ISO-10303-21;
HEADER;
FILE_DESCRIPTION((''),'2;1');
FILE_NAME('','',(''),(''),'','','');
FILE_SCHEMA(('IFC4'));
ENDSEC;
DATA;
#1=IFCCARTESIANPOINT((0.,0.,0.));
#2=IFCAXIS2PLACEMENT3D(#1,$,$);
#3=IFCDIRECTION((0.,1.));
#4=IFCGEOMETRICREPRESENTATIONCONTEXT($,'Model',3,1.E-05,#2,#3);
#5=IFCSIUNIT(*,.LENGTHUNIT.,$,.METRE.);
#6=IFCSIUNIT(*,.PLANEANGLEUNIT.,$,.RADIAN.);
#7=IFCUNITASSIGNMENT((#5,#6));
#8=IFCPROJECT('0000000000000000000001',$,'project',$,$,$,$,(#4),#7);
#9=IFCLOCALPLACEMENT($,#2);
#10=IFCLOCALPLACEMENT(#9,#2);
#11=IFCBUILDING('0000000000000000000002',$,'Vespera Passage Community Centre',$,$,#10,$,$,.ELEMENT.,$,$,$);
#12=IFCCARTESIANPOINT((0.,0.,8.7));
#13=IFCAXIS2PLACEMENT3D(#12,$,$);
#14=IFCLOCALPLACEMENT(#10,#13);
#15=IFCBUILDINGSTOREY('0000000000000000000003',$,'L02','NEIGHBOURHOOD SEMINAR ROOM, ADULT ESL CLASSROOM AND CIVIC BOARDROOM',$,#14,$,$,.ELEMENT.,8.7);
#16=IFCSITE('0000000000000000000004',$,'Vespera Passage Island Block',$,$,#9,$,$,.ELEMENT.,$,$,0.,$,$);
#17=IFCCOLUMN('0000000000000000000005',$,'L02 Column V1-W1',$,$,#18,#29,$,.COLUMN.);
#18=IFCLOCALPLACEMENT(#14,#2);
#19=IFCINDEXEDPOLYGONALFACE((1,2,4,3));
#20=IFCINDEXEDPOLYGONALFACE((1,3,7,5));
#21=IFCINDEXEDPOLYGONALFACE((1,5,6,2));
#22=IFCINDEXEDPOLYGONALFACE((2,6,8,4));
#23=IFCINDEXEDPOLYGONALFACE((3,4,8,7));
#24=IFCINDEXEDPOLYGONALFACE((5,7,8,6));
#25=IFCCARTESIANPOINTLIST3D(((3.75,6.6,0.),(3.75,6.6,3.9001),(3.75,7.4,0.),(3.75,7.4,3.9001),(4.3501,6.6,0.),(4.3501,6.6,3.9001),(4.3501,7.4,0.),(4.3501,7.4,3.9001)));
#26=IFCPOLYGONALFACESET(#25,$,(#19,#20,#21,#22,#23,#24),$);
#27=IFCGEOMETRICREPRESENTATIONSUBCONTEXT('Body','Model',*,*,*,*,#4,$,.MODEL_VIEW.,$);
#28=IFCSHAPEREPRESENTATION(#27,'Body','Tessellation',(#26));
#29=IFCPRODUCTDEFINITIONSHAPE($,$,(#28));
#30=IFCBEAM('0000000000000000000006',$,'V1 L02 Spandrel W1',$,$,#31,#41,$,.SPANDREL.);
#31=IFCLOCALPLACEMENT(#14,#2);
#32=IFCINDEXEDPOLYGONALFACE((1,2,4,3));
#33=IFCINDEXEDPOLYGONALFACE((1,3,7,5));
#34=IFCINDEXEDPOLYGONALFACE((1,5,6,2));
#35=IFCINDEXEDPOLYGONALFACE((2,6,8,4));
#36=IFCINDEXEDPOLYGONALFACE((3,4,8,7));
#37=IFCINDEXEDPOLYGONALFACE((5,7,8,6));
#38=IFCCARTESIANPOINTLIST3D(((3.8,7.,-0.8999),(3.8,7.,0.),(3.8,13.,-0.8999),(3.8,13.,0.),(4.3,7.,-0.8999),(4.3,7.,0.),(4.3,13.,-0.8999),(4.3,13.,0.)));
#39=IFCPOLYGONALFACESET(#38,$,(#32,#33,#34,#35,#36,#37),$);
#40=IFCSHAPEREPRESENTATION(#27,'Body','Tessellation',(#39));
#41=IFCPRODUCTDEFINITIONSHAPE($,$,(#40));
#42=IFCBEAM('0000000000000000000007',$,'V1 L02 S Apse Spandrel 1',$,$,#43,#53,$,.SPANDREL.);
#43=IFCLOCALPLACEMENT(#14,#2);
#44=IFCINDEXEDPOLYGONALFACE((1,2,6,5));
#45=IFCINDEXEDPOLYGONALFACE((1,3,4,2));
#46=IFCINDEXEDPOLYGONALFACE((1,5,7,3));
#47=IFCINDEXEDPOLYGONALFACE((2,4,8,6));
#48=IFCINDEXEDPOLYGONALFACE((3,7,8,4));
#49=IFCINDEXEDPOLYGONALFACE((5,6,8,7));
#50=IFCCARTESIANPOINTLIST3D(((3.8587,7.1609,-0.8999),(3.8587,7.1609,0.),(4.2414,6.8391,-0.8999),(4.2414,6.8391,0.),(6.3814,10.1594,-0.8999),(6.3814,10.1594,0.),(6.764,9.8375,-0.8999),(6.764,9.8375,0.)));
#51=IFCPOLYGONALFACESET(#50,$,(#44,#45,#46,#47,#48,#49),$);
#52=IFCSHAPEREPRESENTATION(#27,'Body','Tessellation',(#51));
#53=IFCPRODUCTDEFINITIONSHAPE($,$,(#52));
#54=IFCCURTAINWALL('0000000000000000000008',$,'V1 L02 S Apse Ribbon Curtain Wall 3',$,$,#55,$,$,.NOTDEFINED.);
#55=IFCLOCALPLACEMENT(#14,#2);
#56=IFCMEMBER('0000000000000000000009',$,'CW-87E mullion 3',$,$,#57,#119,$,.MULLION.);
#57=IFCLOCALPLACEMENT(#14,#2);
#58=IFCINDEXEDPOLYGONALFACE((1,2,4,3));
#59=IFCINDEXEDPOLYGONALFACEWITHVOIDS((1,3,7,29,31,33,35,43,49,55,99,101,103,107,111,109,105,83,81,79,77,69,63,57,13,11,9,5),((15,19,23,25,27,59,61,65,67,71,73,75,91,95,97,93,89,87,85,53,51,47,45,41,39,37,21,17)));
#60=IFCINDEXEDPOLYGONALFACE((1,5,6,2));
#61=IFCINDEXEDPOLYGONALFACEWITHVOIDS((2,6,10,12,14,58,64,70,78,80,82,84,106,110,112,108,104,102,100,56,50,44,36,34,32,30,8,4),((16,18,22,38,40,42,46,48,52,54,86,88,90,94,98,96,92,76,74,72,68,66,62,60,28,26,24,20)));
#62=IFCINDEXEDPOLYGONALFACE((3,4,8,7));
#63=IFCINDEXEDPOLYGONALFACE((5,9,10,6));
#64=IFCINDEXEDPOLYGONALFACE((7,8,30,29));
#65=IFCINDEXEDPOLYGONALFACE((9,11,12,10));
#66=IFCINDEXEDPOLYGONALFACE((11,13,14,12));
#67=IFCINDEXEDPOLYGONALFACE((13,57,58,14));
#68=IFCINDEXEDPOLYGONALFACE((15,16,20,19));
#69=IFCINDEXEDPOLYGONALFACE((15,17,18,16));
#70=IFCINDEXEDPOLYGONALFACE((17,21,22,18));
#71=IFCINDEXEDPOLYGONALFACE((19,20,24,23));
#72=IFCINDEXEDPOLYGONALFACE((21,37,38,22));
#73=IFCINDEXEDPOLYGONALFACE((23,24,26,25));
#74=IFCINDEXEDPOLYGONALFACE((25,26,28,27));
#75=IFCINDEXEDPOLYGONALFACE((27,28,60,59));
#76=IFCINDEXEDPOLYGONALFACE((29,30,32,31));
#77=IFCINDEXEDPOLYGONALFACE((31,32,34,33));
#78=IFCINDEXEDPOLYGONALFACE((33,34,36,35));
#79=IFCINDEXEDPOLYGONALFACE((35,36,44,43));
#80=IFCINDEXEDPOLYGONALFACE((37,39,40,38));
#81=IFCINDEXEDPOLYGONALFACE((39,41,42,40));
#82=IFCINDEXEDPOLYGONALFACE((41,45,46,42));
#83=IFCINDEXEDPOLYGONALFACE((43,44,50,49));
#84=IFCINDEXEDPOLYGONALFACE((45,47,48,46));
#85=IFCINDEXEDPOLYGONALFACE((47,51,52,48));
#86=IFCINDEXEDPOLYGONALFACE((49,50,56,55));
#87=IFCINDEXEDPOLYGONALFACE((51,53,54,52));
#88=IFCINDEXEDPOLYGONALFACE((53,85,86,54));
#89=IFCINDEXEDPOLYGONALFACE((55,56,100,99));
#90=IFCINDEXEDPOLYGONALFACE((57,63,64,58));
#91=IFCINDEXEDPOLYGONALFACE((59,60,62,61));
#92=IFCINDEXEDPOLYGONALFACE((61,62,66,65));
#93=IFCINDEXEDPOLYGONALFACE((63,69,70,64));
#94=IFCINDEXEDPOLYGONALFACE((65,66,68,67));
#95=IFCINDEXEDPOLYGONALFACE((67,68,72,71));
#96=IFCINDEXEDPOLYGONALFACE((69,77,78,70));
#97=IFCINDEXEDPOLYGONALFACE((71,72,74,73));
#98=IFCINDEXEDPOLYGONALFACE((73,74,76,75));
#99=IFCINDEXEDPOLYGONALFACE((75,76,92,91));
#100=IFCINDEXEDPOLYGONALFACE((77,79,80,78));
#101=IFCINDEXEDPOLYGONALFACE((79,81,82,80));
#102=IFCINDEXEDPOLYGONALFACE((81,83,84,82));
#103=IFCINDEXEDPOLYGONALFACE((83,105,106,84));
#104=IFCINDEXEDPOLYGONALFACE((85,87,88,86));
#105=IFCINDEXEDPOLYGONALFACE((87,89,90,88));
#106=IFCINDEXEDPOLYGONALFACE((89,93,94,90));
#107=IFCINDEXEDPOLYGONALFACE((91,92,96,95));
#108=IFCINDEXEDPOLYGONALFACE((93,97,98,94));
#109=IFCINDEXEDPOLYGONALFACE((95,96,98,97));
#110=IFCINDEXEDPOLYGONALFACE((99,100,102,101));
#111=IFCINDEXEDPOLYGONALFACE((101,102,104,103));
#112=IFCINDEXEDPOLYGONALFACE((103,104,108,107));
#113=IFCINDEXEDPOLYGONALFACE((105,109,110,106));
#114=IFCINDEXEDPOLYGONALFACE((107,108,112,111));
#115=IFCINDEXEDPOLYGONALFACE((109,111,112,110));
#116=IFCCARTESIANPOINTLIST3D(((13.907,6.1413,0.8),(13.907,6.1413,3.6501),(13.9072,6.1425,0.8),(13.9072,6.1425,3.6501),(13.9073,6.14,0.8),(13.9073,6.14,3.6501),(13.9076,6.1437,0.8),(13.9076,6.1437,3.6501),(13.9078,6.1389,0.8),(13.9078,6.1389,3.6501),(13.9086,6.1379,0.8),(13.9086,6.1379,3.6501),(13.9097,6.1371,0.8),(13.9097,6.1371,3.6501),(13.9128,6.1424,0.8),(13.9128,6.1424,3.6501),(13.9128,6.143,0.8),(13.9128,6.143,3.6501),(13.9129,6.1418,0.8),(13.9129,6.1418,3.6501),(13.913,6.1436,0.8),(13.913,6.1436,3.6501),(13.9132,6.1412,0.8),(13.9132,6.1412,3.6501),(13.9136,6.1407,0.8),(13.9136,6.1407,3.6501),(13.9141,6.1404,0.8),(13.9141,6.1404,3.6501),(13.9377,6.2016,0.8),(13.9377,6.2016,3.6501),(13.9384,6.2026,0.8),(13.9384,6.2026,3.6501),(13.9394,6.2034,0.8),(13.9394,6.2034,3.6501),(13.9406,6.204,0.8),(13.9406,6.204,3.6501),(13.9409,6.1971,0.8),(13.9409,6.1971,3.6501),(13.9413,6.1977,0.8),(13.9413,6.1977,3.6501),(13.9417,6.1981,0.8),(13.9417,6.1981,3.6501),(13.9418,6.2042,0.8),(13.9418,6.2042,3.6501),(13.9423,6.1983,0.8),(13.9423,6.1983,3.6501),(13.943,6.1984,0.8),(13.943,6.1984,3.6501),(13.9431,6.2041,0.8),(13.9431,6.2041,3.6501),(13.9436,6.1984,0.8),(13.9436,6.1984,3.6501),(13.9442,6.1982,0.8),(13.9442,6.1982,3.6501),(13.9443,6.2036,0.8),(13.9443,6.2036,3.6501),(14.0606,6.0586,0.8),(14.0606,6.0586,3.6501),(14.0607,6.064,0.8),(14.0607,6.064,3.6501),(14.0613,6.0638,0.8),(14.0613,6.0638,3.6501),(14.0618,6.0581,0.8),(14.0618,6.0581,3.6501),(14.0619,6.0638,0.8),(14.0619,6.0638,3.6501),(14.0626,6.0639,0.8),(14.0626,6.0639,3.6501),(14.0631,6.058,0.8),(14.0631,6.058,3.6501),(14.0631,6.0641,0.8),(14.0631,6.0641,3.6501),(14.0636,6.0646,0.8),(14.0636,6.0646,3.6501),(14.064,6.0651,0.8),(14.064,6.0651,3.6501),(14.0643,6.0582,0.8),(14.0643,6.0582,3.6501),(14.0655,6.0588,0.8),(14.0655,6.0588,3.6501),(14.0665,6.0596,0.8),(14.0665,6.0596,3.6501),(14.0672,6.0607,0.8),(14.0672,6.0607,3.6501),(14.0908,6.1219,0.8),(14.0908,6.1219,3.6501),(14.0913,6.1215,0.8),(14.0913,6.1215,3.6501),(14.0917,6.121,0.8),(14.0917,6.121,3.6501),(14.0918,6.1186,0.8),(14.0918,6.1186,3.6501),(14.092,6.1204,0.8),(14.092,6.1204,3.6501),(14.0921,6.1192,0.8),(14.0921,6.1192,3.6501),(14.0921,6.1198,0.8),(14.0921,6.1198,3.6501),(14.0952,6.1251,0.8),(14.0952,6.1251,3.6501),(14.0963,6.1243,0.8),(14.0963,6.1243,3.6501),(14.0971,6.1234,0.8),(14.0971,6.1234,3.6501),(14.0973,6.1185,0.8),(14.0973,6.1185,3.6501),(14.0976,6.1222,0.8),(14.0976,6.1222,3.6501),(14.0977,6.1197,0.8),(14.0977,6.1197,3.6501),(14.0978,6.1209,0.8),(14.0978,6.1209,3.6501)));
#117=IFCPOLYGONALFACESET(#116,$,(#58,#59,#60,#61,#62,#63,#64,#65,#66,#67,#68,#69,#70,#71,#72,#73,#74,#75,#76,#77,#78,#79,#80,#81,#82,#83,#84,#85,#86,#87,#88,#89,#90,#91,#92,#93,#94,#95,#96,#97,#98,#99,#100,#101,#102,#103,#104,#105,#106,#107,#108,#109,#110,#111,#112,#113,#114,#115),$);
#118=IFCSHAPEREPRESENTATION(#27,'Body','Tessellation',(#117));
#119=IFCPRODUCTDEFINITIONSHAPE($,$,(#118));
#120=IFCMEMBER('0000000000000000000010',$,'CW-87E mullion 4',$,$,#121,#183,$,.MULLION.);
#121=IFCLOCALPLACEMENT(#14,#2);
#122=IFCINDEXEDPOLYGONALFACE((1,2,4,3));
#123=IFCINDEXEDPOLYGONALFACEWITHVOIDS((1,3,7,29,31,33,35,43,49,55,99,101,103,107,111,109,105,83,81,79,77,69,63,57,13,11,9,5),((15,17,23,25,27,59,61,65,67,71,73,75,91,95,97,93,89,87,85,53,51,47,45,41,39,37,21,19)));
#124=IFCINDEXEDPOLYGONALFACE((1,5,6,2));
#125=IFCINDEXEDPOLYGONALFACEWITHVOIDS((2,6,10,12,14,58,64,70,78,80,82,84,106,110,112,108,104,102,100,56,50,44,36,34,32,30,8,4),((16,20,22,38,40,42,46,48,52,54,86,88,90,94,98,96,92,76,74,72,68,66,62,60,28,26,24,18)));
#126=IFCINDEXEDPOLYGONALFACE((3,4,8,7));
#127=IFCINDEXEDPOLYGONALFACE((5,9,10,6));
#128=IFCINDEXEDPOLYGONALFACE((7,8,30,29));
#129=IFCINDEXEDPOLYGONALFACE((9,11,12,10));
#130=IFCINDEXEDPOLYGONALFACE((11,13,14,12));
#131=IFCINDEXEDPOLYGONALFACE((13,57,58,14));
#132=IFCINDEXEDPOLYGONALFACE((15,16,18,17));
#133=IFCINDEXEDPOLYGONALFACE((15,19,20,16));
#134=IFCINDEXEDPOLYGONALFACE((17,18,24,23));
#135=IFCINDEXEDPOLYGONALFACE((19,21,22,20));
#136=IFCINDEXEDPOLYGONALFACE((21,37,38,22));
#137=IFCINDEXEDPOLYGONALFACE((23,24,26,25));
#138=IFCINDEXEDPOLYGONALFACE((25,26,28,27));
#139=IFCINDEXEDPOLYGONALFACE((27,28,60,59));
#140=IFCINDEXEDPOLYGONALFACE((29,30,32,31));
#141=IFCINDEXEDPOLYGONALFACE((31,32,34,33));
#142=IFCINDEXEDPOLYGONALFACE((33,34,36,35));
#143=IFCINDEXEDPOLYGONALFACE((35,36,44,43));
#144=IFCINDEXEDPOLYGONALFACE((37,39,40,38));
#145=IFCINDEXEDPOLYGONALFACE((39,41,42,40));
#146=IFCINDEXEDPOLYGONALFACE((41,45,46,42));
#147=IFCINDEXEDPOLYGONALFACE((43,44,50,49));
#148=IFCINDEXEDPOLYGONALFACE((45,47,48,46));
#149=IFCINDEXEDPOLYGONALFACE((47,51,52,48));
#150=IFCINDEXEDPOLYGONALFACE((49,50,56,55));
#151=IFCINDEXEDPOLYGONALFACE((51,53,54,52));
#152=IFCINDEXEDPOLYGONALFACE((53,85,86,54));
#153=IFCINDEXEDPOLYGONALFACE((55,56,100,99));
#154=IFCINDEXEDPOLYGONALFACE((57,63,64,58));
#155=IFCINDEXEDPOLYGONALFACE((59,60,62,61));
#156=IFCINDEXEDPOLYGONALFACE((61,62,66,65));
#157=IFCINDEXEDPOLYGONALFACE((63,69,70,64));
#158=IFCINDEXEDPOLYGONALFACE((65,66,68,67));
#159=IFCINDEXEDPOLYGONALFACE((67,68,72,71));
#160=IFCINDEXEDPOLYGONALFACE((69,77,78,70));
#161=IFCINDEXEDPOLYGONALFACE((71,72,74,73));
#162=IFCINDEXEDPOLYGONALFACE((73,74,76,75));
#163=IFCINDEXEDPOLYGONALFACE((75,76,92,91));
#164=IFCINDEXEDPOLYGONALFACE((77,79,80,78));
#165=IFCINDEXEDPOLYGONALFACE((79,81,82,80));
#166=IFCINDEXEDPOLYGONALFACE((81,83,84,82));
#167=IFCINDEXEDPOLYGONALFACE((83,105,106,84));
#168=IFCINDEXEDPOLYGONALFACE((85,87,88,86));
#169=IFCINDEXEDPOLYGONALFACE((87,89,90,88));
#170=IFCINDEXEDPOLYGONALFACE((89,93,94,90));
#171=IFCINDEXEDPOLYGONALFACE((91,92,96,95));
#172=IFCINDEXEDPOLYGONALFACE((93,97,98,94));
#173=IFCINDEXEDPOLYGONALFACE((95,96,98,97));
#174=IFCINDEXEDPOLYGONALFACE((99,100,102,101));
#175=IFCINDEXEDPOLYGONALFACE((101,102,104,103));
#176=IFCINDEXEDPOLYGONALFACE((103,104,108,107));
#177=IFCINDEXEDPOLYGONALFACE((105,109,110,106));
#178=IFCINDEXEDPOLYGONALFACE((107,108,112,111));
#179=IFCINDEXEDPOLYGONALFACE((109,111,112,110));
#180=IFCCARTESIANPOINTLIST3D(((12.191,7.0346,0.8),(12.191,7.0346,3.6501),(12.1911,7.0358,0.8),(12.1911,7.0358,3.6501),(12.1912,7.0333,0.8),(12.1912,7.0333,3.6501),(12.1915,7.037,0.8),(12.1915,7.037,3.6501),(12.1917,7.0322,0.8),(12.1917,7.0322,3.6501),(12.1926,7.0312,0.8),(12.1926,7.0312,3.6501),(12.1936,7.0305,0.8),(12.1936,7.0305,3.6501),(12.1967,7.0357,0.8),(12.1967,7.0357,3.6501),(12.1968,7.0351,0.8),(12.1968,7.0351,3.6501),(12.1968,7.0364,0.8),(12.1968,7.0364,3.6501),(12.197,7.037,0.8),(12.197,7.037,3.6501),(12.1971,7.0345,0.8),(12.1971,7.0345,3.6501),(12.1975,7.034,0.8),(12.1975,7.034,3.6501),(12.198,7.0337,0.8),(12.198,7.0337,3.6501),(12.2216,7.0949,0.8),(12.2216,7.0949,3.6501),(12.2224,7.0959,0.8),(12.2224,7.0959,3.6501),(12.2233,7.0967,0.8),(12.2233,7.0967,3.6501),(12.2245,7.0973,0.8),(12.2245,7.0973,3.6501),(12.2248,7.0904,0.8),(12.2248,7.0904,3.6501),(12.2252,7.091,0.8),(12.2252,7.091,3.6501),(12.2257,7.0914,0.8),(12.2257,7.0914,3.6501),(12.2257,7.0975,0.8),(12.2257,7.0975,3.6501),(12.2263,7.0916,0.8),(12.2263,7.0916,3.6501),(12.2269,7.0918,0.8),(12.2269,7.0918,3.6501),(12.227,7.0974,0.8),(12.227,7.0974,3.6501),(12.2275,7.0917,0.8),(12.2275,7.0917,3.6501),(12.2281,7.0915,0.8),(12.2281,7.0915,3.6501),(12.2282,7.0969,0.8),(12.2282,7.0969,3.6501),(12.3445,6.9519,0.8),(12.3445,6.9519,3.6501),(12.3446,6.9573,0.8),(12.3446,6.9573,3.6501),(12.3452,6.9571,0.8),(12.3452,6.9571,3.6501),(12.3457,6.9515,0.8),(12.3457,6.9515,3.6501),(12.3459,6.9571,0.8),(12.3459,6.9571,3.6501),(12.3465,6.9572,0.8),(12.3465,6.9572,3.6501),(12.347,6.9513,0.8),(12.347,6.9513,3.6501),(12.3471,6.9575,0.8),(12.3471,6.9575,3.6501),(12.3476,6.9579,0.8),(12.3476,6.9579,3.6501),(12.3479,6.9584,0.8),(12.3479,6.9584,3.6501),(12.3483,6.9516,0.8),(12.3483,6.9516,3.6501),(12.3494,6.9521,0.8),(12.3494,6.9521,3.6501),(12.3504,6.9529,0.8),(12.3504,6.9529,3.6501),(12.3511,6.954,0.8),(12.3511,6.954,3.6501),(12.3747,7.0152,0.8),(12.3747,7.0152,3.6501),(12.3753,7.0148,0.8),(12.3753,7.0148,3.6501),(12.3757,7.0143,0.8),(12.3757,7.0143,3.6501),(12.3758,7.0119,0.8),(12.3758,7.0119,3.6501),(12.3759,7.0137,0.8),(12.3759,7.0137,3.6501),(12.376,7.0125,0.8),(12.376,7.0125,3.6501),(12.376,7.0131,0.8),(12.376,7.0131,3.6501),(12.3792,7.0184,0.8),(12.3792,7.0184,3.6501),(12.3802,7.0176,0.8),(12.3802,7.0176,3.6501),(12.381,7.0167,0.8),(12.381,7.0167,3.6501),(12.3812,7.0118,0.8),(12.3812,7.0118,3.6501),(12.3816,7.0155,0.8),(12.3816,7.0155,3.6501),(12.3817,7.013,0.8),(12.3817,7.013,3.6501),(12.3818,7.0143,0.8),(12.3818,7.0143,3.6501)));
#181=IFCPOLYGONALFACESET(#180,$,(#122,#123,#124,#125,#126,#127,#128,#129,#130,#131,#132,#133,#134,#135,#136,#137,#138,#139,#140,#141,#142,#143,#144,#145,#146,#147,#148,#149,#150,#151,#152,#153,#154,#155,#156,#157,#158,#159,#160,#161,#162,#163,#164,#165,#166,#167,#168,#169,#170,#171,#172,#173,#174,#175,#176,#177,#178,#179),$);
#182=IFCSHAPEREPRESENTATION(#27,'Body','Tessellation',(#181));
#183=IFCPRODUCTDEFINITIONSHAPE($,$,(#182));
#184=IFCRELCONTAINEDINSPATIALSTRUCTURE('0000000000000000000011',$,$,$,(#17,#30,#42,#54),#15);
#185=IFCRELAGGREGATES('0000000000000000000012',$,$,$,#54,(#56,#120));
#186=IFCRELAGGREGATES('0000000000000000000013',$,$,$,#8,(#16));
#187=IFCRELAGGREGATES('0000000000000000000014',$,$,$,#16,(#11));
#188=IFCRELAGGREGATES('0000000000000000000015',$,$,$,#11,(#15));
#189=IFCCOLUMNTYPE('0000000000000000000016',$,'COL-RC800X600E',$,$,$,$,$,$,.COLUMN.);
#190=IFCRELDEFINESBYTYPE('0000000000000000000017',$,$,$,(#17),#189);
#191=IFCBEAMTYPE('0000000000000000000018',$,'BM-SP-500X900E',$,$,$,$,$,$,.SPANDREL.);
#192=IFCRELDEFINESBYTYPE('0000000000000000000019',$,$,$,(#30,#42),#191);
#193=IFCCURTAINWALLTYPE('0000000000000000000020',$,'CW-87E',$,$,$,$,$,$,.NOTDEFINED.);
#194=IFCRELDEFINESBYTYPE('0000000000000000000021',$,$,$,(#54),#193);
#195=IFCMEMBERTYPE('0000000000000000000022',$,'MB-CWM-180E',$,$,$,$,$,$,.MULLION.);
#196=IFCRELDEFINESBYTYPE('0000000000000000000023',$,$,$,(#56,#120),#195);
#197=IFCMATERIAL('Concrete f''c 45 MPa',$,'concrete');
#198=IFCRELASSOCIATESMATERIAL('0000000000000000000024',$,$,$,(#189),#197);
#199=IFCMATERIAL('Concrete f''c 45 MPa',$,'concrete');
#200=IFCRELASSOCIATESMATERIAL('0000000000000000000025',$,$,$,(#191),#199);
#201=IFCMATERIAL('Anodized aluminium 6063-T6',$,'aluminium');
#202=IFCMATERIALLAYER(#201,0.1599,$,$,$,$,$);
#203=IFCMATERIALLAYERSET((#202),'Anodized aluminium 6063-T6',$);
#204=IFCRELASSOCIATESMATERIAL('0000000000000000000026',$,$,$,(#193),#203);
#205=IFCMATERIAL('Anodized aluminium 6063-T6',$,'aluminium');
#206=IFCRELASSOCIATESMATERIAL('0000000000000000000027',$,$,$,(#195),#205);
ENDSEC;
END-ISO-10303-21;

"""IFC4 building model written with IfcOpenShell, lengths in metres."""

from ifc_helpers import new_model, si_unit, direction, frame, origin, origin_2d, place, context, subcontext, project, spatial, rectangle, hollow_rectangle, extrude, material, layer, layer_set, material_profile, profile_set, type_object, element, aggregate, save


model = new_model("IFC4")

# Units and contexts
model_context = context("Model", 3, precision=1e-05, world=origin(), true_north=direction((0.0, 1.0)))
body_context = subcontext(model_context, "Body", "Model", "MODEL_VIEW")
ifc_project = project(units=[si_unit("LENGTHUNIT", "METRE"), si_unit("PLANEANGLEUNIT", "RADIAN")], contexts=[model_context])

# Site, building, storey
site_placement = place(None, origin())
site = spatial("IfcSite", under=ifc_project, at=site_placement, Name="Vespera Passage Island Block", CompositionType="ELEMENT", RefElevation=0.0)
building_placement = place(site_placement, origin())
building = spatial("IfcBuilding", under=site, at=building_placement, Name="Vespera Passage Community Centre", CompositionType="ELEMENT")
storey_placement = place(building_placement, frame((0.0, 0.0, 8.7)))
storey = spatial("IfcBuildingStorey", under=building, at=storey_placement, Name="L02", Description="NEIGHBOURHOOD SEMINAR ROOM, ADULT ESL CLASSROOM AND CIVIC BOARDROOM", CompositionType="ELEMENT", Elevation=8.7)

# Column
ifc_material_1 = material(Name="Concrete f'c 45 MPa", Category="concrete")
ifc_material_profile_1 = material_profile(ifc_material_1, rectangle(XDim=0.6001, YDim=0.8, at=origin_2d()), Name="RC800X600")
ifc_profile_set_1 = profile_set([ifc_material_profile_1], Name="Concrete f'c 45 MPa")
column_type = type_object("IfcColumnType", Name="COL-RC800X600E", PredefinedType="COLUMN", material=ifc_profile_set_1)
column_placement = place(storey_placement, frame((4.05, 7.0, 0.0), z_axis=(0.0, 0.0, 1.0), x_axis=(1.0, 0.0, 0.0)))
element("IfcColumn", 1, at=column_placement, inside=storey, type_object=column_type, Name="L02 Column V1-W1", PredefinedType="COLUMN", context=body_context, shape_type="SweptSolid", body=[
    extrude(rectangle(XDim=0.6001, YDim=0.8, at=origin_2d()), origin(), (0.0, 0.0, 1.0), 3.9001),
])

# Beams
ifc_material_2 = material(Name="Concrete f'c 45 MPa", Category="concrete")
ifc_material_profile_2 = material_profile(ifc_material_2, rectangle(XDim=0.5, YDim=0.8999, at=origin_2d()), Name="RC500X900")
ifc_profile_set_2 = profile_set([ifc_material_profile_2], Name="Concrete f'c 45 MPa")
beam_type = type_object("IfcBeamType", Name="BM-SP-500X900E", PredefinedType="SPANDREL", material=ifc_profile_set_2)
beam_1_placement = place(storey_placement, frame((4.05, 7.0, -0.45), z_axis=(0.0, 1.0, 0.0), x_axis=(-1.0, 0.0, 0.0)))
element("IfcBeam", 2, at=beam_1_placement, inside=storey, type_object=beam_type, Name="V1 L02 Spandrel W1", PredefinedType="SPANDREL", context=body_context, shape_type="SweptSolid", body=[
    extrude(rectangle(XDim=0.5, YDim=0.8999, at=origin_2d()), origin(), (0.0, 0.0, 1.0), 6.0),
])
beam_2_placement = place(storey_placement, frame((4.05, 7.0, -0.45), z_axis=(0.643781, 0.76521, 0.0), x_axis=(-0.76521, 0.643781, 0.0)))
element("IfcBeam", 3, at=beam_2_placement, inside=storey, type_object=beam_type, Name="V1 L02 S Apse Spandrel 1", PredefinedType="SPANDREL", context=body_context, shape_type="SweptSolid", body=[
    extrude(rectangle(XDim=0.5, YDim=0.8999, at=origin_2d()), origin(), (0.0, 0.0, 1.0), 3.9185),
])

# Curtain wall, members
ifc_material_3 = material(Name="Anodized aluminium 6063-T6", Category="aluminium")
ifc_layer_1 = layer(ifc_material_3, 0.1599)
ifc_layer_set_1 = layer_set([ifc_layer_1], Name="Anodized aluminium 6063-T6")
curtain_wall_type = type_object("IfcCurtainWallType", Name="CW-87E", PredefinedType="NOTDEFINED", material=ifc_layer_set_1)
curtain_wall_placement = place(storey_placement, origin())
curtain_wall = element("IfcCurtainWall", 4, at=curtain_wall_placement, inside=storey, type_object=curtain_wall_type, Name="V1 L02 S Apse Ribbon Curtain Wall 3", PredefinedType="NOTDEFINED")
ifc_material_4 = material(Name="Anodized aluminium 6063-T6", Category="aluminium")
ifc_material_profile_3 = material_profile(ifc_material_4, hollow_rectangle(XDim=0.075, YDim=0.1799, WallThickness=0.0049, InnerFilletRadius=0.0024, OuterFilletRadius=0.0049, at=origin_2d()), Name="ALU180X75X5")
ifc_profile_set_3 = profile_set([ifc_material_profile_3], Name="Anodized aluminium 6063-T6")
member_type_1 = type_object("IfcMemberType", Name="MB-CWM-180E", PredefinedType="MULLION", material=ifc_profile_set_3)
member_1_placement = place(storey_placement, frame((14.0024, 6.1311, 0.8), z_axis=(0.0, 0.0, 1.0), x_axis=(-0.461745, -0.887013, 0.0)))
member_1 = element("IfcMember", 5, at=member_1_placement, type_object=member_type_1, Name="CW-87E mullion 3", PredefinedType="MULLION", context=body_context, shape_type="SweptSolid", body=[
    extrude(hollow_rectangle(XDim=0.075, YDim=0.1799, WallThickness=0.0049, InnerFilletRadius=0.0024, OuterFilletRadius=0.0049, at=origin_2d()), origin(), (0.0, 0.0, 1.0), 2.8501),
])
member_2_placement = place(storey_placement, frame((12.2864, 7.0244, 0.8), z_axis=(0.0, 0.0, 1.0), x_axis=(-0.461745, -0.887013, 0.0)))
member_2 = element("IfcMember", 6, at=member_2_placement, type_object=member_type_1, Name="CW-87E mullion 4", PredefinedType="MULLION", context=body_context, shape_type="SweptSolid", body=[
    extrude(hollow_rectangle(XDim=0.075, YDim=0.1799, WallThickness=0.0049, InnerFilletRadius=0.0024, OuterFilletRadius=0.0049, at=origin_2d()), origin(), (0.0, 0.0, 1.0), 2.8501),
])
aggregate(curtain_wall, [member_1, member_2])

save(model, "model.ifc")
